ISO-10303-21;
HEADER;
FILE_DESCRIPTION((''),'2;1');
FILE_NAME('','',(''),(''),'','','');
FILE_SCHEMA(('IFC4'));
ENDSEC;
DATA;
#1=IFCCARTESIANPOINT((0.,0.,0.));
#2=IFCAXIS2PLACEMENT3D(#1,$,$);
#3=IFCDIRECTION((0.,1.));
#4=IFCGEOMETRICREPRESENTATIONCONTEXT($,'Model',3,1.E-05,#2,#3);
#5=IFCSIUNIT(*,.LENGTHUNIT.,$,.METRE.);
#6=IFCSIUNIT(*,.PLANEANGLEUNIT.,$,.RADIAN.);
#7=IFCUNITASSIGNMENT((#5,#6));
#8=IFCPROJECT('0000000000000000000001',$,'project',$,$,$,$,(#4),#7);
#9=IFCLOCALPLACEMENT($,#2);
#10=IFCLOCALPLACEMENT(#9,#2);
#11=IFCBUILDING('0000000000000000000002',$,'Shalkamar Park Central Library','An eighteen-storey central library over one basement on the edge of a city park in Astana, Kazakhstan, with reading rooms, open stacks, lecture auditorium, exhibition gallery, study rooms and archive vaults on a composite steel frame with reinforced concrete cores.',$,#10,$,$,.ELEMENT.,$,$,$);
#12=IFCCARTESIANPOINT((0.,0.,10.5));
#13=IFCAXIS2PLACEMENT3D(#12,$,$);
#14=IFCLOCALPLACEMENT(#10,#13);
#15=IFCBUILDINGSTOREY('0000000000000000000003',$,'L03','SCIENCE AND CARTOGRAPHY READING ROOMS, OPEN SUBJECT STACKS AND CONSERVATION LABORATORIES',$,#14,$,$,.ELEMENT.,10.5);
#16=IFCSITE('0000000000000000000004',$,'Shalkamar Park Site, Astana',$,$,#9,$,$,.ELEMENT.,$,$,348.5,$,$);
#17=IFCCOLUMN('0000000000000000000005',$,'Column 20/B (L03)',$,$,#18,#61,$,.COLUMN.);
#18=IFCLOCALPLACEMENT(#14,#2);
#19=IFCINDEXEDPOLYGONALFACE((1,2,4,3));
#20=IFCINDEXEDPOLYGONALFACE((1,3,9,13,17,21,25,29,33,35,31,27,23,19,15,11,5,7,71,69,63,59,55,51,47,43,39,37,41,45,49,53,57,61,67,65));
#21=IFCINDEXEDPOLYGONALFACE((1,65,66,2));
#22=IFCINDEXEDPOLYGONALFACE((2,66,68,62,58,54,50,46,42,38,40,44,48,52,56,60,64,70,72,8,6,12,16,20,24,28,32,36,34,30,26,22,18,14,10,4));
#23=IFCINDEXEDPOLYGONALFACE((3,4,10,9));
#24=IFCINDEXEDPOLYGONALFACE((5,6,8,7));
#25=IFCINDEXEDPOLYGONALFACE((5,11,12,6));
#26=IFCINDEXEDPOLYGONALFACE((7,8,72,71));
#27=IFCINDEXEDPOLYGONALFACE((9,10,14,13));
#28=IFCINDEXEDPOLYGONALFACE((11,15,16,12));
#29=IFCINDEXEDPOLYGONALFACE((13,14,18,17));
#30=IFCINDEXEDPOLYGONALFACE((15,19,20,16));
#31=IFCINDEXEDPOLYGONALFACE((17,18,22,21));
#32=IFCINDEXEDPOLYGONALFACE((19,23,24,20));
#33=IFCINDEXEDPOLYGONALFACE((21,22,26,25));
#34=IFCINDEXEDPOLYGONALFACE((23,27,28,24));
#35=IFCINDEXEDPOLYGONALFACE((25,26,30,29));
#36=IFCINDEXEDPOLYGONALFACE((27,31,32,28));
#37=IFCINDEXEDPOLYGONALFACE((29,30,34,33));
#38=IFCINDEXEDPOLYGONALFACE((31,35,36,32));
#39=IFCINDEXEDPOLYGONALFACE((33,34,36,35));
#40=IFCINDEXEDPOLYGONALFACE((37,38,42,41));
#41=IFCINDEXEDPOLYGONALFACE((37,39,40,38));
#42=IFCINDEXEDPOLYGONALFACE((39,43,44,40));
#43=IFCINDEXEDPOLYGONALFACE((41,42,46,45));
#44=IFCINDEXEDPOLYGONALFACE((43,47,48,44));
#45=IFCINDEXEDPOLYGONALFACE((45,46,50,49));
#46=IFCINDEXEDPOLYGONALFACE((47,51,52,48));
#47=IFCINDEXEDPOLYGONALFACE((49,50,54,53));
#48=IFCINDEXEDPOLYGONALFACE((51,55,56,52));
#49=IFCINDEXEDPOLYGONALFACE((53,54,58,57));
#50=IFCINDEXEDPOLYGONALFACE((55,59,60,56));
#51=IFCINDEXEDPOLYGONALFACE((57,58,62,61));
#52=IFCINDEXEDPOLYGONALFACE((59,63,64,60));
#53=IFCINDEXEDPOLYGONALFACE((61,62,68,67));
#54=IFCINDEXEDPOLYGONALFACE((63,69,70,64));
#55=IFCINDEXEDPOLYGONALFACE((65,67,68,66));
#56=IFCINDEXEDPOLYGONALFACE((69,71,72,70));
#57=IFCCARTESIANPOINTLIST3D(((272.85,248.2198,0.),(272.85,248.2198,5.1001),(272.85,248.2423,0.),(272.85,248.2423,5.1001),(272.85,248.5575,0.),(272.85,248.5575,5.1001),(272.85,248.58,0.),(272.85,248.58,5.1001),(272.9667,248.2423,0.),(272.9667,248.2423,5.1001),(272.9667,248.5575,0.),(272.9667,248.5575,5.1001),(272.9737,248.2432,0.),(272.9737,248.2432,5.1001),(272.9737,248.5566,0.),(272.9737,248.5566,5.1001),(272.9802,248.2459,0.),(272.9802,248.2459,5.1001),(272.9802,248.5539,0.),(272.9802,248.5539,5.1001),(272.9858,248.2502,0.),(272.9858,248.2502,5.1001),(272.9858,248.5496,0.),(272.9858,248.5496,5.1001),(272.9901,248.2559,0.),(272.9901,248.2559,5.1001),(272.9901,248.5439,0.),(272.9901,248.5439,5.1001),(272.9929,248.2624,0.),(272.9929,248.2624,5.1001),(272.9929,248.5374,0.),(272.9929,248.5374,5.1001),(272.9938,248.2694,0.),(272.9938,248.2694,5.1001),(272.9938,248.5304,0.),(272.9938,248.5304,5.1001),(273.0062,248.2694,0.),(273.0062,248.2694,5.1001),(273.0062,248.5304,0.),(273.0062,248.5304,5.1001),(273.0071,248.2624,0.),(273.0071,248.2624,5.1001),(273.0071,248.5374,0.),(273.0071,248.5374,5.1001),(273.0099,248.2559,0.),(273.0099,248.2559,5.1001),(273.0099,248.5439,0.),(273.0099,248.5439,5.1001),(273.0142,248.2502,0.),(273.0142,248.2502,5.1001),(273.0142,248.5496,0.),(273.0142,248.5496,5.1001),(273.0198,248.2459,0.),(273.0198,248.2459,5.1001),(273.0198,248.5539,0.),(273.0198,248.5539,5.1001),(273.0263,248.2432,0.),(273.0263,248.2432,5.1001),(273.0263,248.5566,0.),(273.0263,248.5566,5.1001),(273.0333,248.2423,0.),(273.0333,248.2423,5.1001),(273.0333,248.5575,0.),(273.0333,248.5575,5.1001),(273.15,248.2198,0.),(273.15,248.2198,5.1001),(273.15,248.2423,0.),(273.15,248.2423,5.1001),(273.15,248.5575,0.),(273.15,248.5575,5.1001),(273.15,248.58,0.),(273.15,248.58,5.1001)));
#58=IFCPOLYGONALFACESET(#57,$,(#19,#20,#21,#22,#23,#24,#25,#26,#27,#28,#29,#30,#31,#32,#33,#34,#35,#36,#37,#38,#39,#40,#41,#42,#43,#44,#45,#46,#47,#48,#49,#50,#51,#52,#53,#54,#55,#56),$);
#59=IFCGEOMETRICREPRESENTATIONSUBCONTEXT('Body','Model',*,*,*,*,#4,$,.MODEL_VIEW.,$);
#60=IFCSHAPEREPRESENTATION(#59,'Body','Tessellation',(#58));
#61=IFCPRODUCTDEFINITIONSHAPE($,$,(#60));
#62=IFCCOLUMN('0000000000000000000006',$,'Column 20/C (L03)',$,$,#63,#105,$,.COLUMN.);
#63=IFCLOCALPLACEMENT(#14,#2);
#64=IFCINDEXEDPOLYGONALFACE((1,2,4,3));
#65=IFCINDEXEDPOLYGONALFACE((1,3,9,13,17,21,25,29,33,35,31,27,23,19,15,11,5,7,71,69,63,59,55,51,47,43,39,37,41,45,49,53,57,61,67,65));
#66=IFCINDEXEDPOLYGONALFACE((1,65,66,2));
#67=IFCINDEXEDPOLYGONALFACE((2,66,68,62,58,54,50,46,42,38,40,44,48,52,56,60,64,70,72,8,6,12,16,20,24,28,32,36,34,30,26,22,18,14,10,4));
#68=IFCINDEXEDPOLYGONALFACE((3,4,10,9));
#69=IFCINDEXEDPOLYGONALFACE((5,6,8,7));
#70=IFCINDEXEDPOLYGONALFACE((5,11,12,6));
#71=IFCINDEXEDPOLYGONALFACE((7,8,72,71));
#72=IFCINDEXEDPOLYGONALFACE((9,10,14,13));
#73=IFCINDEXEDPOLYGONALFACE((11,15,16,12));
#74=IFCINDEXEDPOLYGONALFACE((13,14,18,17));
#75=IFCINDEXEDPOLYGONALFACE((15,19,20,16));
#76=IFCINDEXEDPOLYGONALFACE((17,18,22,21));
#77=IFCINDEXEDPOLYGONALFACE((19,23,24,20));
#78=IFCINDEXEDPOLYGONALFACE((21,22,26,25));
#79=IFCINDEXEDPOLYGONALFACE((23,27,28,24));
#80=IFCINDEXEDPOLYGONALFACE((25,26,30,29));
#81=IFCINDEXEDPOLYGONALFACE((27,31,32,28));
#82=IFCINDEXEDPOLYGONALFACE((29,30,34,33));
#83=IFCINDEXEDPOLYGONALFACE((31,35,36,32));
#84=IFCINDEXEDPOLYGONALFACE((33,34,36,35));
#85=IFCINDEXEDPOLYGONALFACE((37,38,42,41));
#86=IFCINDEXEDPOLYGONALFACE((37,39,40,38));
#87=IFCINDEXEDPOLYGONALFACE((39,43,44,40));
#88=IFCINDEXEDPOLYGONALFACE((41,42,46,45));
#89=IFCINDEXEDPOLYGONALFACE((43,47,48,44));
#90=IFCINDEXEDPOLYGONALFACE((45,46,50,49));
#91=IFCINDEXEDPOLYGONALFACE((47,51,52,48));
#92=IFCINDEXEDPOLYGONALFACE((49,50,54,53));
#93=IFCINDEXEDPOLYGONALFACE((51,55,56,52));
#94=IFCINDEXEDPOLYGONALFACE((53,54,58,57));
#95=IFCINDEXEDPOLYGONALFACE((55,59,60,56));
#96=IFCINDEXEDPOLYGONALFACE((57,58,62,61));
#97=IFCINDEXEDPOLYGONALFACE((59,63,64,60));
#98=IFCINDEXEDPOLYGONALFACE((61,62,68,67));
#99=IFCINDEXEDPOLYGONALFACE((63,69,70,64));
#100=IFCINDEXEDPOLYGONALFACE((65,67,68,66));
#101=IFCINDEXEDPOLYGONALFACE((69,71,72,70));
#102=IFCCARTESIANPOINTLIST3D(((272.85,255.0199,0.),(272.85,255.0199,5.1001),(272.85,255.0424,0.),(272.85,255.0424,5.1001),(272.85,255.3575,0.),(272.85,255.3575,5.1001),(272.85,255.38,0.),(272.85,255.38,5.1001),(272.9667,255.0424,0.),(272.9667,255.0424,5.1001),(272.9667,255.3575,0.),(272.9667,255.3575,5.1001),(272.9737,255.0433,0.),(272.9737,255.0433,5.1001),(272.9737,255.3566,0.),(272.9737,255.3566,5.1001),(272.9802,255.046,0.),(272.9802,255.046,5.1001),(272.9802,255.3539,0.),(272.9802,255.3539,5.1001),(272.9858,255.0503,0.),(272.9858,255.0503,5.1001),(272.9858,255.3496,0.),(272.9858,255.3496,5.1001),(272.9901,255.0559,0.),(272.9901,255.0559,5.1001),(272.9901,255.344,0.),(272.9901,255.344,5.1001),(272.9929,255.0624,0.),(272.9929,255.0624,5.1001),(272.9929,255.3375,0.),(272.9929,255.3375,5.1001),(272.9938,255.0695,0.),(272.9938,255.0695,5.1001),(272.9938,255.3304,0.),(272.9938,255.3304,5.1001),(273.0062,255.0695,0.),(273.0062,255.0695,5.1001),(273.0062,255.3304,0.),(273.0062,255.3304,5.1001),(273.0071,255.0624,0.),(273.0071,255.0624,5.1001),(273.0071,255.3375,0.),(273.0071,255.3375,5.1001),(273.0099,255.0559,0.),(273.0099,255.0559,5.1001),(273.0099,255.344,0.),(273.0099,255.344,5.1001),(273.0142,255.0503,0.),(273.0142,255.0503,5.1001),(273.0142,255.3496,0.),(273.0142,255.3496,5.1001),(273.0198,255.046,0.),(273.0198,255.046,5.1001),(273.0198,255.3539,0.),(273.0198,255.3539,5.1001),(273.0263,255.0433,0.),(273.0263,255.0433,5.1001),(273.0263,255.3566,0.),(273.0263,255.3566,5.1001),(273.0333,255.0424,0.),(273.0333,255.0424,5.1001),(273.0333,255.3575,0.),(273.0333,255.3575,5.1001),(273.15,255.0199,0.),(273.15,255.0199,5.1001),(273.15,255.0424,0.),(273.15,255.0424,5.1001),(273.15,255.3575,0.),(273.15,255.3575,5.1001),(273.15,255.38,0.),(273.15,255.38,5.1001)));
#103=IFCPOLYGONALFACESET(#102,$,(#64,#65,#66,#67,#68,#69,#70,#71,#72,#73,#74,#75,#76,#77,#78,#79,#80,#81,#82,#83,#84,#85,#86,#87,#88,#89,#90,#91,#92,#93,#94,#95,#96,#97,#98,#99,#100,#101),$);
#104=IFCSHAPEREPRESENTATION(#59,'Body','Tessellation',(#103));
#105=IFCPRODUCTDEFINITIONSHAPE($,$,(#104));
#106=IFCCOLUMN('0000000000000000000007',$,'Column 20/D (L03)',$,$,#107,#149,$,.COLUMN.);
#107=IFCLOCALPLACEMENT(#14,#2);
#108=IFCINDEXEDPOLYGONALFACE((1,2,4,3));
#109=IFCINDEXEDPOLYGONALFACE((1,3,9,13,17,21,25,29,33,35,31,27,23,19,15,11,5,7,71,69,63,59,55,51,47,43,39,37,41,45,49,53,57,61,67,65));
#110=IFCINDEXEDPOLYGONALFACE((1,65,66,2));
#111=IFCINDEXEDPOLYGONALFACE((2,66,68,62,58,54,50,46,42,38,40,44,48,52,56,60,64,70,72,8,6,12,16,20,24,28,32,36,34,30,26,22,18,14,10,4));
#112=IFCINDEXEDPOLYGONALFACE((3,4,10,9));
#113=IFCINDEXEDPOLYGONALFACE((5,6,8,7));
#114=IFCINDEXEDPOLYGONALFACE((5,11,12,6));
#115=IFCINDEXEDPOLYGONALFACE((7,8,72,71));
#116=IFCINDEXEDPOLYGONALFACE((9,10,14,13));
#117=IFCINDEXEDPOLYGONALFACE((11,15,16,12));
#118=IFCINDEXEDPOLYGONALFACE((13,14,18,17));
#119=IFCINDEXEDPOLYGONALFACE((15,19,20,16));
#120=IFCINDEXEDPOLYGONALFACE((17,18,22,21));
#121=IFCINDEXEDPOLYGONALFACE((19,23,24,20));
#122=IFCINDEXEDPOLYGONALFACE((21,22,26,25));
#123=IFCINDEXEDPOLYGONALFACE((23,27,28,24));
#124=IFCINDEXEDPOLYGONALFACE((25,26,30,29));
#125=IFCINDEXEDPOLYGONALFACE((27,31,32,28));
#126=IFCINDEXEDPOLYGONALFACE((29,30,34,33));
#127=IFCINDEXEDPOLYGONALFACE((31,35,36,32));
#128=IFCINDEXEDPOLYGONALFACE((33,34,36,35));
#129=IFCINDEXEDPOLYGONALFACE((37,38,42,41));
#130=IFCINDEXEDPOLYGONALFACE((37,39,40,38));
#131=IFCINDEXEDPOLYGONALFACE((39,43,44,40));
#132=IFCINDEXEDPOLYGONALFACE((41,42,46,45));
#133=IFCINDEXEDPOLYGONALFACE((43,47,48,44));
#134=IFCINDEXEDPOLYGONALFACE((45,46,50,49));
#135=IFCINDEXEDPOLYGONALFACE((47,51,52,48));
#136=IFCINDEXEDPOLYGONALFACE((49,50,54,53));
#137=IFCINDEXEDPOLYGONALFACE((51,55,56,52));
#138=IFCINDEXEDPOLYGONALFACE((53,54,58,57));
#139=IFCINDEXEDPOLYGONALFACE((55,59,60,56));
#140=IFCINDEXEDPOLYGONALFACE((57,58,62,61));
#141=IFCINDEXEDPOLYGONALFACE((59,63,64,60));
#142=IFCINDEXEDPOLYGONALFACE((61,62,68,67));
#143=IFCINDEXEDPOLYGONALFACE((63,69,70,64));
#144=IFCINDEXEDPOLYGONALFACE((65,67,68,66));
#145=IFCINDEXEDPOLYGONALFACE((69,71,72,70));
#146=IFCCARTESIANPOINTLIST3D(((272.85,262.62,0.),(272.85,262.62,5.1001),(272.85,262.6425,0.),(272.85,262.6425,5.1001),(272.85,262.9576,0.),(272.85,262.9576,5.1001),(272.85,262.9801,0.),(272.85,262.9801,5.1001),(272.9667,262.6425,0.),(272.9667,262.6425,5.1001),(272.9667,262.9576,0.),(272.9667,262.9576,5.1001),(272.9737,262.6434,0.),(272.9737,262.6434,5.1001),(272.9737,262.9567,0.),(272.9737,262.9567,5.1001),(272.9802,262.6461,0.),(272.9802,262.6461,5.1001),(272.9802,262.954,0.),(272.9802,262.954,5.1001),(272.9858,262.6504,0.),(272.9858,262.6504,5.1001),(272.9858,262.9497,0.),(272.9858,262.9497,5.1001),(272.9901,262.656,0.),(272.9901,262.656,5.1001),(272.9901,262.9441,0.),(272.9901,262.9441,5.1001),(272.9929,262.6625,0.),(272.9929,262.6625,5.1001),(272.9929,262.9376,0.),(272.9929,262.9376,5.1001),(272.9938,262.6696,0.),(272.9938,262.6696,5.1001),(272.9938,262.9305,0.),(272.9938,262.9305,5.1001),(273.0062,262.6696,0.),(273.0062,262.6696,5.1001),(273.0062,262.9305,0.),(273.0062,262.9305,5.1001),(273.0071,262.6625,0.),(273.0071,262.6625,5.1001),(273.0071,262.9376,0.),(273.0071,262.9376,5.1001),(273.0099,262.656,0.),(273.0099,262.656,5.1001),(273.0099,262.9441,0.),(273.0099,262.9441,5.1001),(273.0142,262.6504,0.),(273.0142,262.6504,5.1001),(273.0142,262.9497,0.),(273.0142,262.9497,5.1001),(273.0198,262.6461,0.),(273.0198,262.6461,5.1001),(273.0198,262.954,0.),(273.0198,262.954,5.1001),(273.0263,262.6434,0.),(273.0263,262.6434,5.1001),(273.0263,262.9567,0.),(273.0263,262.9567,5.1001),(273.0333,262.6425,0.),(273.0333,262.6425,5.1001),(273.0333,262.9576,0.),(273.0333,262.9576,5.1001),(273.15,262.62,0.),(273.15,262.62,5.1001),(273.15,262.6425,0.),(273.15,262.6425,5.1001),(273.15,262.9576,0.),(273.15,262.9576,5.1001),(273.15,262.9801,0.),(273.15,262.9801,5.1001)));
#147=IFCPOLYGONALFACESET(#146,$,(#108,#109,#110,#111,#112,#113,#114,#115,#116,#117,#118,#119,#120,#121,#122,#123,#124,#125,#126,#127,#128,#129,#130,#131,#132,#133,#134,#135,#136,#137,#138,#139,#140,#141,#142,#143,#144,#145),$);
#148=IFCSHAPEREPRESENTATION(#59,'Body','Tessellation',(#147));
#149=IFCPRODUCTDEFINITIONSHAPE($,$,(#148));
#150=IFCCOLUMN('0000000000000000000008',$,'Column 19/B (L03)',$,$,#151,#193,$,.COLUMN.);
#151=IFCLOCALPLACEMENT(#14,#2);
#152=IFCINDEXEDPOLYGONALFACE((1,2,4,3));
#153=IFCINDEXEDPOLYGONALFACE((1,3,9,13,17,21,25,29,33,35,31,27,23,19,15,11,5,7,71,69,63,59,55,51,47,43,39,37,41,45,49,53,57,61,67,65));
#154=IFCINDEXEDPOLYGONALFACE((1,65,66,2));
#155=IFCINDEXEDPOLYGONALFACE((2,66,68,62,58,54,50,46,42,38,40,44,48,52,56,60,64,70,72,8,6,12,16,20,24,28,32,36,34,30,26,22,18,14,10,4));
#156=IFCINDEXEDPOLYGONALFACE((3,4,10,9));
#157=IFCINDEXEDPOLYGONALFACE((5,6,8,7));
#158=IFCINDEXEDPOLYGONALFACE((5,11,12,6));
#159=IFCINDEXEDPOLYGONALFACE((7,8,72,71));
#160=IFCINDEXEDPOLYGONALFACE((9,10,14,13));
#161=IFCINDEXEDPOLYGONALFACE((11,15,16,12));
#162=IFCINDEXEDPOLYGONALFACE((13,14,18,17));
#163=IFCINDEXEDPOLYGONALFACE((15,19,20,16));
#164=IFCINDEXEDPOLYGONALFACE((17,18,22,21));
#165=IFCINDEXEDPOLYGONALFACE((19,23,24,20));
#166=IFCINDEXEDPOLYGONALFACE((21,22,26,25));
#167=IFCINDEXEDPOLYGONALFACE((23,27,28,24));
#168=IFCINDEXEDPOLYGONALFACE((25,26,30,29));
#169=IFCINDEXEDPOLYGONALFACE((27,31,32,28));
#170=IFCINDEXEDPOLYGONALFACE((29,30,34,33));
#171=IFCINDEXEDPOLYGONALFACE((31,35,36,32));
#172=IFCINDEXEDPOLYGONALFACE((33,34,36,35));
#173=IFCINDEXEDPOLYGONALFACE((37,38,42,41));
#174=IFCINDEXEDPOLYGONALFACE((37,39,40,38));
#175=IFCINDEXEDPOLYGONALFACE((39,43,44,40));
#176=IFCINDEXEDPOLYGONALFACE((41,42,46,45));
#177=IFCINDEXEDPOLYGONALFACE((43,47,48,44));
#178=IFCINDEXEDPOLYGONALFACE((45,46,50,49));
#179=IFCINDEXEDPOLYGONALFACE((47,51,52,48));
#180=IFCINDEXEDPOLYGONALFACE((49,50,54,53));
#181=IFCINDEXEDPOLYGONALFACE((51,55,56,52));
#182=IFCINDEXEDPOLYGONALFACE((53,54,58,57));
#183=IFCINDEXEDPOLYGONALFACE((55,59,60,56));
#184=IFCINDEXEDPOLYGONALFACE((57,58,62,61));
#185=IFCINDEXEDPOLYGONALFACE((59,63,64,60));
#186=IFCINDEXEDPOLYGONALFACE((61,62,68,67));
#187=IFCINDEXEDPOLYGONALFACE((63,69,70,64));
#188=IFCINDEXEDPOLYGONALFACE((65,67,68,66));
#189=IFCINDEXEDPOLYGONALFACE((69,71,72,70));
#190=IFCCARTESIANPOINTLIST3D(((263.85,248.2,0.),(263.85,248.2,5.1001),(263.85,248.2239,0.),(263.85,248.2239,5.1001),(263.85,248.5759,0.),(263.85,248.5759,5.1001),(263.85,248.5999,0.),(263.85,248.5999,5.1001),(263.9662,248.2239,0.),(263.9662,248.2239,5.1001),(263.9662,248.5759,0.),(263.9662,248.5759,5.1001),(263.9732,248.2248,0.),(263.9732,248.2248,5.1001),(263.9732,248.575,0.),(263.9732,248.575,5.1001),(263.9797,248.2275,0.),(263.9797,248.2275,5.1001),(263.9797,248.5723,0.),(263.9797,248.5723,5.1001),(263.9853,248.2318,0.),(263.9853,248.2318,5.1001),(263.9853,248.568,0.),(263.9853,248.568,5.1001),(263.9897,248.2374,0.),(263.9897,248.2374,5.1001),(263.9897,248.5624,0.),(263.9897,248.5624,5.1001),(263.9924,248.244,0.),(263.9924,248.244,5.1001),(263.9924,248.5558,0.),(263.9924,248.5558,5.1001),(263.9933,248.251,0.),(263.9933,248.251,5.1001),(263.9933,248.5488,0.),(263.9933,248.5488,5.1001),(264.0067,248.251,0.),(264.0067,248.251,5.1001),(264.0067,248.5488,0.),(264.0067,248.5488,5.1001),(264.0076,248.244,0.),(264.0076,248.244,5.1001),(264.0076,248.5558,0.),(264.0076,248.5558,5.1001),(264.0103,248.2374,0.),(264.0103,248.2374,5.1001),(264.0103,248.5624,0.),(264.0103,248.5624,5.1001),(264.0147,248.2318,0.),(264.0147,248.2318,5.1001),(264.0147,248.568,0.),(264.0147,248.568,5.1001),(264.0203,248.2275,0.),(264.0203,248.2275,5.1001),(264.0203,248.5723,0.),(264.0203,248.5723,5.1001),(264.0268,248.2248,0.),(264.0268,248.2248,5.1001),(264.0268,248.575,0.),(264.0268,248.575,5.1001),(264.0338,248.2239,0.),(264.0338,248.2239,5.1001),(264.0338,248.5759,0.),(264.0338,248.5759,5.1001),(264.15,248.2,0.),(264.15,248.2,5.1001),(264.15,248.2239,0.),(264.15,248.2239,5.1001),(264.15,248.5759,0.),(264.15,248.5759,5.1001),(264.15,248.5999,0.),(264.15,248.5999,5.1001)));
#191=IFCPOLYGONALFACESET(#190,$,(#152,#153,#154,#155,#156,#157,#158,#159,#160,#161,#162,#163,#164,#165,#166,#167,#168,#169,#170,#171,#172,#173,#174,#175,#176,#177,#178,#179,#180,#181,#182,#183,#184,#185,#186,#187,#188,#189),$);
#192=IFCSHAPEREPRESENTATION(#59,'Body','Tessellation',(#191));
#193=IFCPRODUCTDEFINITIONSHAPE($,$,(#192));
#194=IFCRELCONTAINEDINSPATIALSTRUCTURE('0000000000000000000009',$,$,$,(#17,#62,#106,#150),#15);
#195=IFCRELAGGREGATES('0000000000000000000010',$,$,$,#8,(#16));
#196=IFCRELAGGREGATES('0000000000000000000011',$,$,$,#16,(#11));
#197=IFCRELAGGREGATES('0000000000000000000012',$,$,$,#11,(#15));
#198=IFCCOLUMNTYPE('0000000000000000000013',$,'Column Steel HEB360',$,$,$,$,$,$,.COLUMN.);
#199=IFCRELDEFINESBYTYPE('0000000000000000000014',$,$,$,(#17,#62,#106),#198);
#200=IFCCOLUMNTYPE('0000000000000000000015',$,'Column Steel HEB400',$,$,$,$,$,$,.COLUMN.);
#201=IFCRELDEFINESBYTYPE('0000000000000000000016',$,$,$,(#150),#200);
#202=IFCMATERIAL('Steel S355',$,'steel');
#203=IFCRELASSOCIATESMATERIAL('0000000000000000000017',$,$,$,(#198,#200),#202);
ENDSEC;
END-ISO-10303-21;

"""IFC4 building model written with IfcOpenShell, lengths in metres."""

from ifc_helpers import new_model, si_unit, direction, frame, origin, origin_2d, place, context, subcontext, project, spatial, i_section, extrude, material, material_profile, profile_set, type_object, element, save


model = new_model("IFC4")

# Units and contexts
model_context = context("Model", 3, precision=1e-05, world=origin(), true_north=direction((0.0, 1.0)))
body_context = subcontext(model_context, "Body", "Model", "MODEL_VIEW")
ifc_project = project(units=[si_unit("LENGTHUNIT", "METRE"), si_unit("PLANEANGLEUNIT", "RADIAN")], contexts=[model_context])

# Site, building, storey
site_placement = place(None, origin())
site = spatial("IfcSite", under=ifc_project, at=site_placement, Name="Shalkamar Park Site, Astana", CompositionType="ELEMENT", RefElevation=348.5)
building_placement = place(site_placement, origin())
building = spatial("IfcBuilding", under=site, at=building_placement, Name="Shalkamar Park Central Library", Description="An eighteen-storey central library over one basement on the edge of a city park in Astana, Kazakhstan, with reading rooms, open stacks, lecture auditorium, exhibition gallery, study rooms and archive vaults on a composite steel frame with reinforced concrete cores.", CompositionType="ELEMENT")
storey_placement = place(building_placement, frame((0.0, 0.0, 10.5)))
storey = spatial("IfcBuildingStorey", under=building, at=storey_placement, Name="L03", Description="SCIENCE AND CARTOGRAPHY READING ROOMS, OPEN SUBJECT STACKS AND CONSERVATION LABORATORIES", CompositionType="ELEMENT", Elevation=10.5)

# Columns
ifc_material_1 = material(Name="Steel S355", Category="steel")
ifc_material_profile_1 = material_profile(ifc_material_1, i_section(OverallWidth=0.3, OverallDepth=0.3601, WebThickness=0.0125, FlangeThickness=0.0225, FilletRadius=0.0271, at=origin_2d()), Name="HEB 360")
ifc_profile_set_1 = profile_set([ifc_material_profile_1], Name="Steel S355")
column_type_1 = type_object("IfcColumnType", Name="Column Steel HEB360", PredefinedType="COLUMN", material=ifc_profile_set_1)
for number, where, z_axis, x_axis, name in (
    (1, (273.0, 248.3999, 0.0), (0.0, 0.0, 1.0), (1.0, 0.0, 0.0), "Column 20/B (L03)"),
    (2, (273.0, 255.2, 0.0), (0.0, 0.0, 1.0), (1.0, 0.0, 0.0), "Column 20/C (L03)"),
    (3, (273.0, 262.8, 0.0), (0.0, 0.0, 1.0), (1.0, 0.0, 0.0), "Column 20/D (L03)"),
):
    element("IfcColumn", number, at=place(storey_placement, frame(where, z_axis=z_axis, x_axis=x_axis)), inside=storey, type_object=column_type_1, Name=name, PredefinedType="COLUMN", context=body_context, shape_type="SweptSolid", body=[
        extrude(i_section(OverallWidth=0.3, OverallDepth=0.3601, WebThickness=0.0125, FlangeThickness=0.0225, FilletRadius=0.0271, at=origin_2d()), origin(), (0.0, 0.0, 1.0), 5.1001),
    ])
ifc_material_profile_2 = material_profile(ifc_material_1, i_section(OverallWidth=0.3, OverallDepth=0.3999, WebThickness=0.0134, FlangeThickness=0.0239, FilletRadius=0.0271, at=origin_2d()), Name="HEB 400")
ifc_profile_set_2 = profile_set([ifc_material_profile_2], Name="Steel S355")
column_type_2 = type_object("IfcColumnType", Name="Column Steel HEB400", PredefinedType="COLUMN", material=ifc_profile_set_2)
for number, where, z_axis, x_axis, name in (
    (4, (264.0, 248.3999, 0.0), (0.0, 0.0, 1.0), (1.0, 0.0, 0.0), "Column 19/B (L03)"),
):
    element("IfcColumn", number, at=place(storey_placement, frame(where, z_axis=z_axis, x_axis=x_axis)), inside=storey, type_object=column_type_2, Name=name, PredefinedType="COLUMN", context=body_context, shape_type="SweptSolid", body=[
        extrude(i_section(OverallWidth=0.3, OverallDepth=0.3999, WebThickness=0.0134, FlangeThickness=0.0239, FilletRadius=0.0271, at=origin_2d()), origin(), (0.0, 0.0, 1.0), 5.1001),
    ])

save(model, "model.ifc")
